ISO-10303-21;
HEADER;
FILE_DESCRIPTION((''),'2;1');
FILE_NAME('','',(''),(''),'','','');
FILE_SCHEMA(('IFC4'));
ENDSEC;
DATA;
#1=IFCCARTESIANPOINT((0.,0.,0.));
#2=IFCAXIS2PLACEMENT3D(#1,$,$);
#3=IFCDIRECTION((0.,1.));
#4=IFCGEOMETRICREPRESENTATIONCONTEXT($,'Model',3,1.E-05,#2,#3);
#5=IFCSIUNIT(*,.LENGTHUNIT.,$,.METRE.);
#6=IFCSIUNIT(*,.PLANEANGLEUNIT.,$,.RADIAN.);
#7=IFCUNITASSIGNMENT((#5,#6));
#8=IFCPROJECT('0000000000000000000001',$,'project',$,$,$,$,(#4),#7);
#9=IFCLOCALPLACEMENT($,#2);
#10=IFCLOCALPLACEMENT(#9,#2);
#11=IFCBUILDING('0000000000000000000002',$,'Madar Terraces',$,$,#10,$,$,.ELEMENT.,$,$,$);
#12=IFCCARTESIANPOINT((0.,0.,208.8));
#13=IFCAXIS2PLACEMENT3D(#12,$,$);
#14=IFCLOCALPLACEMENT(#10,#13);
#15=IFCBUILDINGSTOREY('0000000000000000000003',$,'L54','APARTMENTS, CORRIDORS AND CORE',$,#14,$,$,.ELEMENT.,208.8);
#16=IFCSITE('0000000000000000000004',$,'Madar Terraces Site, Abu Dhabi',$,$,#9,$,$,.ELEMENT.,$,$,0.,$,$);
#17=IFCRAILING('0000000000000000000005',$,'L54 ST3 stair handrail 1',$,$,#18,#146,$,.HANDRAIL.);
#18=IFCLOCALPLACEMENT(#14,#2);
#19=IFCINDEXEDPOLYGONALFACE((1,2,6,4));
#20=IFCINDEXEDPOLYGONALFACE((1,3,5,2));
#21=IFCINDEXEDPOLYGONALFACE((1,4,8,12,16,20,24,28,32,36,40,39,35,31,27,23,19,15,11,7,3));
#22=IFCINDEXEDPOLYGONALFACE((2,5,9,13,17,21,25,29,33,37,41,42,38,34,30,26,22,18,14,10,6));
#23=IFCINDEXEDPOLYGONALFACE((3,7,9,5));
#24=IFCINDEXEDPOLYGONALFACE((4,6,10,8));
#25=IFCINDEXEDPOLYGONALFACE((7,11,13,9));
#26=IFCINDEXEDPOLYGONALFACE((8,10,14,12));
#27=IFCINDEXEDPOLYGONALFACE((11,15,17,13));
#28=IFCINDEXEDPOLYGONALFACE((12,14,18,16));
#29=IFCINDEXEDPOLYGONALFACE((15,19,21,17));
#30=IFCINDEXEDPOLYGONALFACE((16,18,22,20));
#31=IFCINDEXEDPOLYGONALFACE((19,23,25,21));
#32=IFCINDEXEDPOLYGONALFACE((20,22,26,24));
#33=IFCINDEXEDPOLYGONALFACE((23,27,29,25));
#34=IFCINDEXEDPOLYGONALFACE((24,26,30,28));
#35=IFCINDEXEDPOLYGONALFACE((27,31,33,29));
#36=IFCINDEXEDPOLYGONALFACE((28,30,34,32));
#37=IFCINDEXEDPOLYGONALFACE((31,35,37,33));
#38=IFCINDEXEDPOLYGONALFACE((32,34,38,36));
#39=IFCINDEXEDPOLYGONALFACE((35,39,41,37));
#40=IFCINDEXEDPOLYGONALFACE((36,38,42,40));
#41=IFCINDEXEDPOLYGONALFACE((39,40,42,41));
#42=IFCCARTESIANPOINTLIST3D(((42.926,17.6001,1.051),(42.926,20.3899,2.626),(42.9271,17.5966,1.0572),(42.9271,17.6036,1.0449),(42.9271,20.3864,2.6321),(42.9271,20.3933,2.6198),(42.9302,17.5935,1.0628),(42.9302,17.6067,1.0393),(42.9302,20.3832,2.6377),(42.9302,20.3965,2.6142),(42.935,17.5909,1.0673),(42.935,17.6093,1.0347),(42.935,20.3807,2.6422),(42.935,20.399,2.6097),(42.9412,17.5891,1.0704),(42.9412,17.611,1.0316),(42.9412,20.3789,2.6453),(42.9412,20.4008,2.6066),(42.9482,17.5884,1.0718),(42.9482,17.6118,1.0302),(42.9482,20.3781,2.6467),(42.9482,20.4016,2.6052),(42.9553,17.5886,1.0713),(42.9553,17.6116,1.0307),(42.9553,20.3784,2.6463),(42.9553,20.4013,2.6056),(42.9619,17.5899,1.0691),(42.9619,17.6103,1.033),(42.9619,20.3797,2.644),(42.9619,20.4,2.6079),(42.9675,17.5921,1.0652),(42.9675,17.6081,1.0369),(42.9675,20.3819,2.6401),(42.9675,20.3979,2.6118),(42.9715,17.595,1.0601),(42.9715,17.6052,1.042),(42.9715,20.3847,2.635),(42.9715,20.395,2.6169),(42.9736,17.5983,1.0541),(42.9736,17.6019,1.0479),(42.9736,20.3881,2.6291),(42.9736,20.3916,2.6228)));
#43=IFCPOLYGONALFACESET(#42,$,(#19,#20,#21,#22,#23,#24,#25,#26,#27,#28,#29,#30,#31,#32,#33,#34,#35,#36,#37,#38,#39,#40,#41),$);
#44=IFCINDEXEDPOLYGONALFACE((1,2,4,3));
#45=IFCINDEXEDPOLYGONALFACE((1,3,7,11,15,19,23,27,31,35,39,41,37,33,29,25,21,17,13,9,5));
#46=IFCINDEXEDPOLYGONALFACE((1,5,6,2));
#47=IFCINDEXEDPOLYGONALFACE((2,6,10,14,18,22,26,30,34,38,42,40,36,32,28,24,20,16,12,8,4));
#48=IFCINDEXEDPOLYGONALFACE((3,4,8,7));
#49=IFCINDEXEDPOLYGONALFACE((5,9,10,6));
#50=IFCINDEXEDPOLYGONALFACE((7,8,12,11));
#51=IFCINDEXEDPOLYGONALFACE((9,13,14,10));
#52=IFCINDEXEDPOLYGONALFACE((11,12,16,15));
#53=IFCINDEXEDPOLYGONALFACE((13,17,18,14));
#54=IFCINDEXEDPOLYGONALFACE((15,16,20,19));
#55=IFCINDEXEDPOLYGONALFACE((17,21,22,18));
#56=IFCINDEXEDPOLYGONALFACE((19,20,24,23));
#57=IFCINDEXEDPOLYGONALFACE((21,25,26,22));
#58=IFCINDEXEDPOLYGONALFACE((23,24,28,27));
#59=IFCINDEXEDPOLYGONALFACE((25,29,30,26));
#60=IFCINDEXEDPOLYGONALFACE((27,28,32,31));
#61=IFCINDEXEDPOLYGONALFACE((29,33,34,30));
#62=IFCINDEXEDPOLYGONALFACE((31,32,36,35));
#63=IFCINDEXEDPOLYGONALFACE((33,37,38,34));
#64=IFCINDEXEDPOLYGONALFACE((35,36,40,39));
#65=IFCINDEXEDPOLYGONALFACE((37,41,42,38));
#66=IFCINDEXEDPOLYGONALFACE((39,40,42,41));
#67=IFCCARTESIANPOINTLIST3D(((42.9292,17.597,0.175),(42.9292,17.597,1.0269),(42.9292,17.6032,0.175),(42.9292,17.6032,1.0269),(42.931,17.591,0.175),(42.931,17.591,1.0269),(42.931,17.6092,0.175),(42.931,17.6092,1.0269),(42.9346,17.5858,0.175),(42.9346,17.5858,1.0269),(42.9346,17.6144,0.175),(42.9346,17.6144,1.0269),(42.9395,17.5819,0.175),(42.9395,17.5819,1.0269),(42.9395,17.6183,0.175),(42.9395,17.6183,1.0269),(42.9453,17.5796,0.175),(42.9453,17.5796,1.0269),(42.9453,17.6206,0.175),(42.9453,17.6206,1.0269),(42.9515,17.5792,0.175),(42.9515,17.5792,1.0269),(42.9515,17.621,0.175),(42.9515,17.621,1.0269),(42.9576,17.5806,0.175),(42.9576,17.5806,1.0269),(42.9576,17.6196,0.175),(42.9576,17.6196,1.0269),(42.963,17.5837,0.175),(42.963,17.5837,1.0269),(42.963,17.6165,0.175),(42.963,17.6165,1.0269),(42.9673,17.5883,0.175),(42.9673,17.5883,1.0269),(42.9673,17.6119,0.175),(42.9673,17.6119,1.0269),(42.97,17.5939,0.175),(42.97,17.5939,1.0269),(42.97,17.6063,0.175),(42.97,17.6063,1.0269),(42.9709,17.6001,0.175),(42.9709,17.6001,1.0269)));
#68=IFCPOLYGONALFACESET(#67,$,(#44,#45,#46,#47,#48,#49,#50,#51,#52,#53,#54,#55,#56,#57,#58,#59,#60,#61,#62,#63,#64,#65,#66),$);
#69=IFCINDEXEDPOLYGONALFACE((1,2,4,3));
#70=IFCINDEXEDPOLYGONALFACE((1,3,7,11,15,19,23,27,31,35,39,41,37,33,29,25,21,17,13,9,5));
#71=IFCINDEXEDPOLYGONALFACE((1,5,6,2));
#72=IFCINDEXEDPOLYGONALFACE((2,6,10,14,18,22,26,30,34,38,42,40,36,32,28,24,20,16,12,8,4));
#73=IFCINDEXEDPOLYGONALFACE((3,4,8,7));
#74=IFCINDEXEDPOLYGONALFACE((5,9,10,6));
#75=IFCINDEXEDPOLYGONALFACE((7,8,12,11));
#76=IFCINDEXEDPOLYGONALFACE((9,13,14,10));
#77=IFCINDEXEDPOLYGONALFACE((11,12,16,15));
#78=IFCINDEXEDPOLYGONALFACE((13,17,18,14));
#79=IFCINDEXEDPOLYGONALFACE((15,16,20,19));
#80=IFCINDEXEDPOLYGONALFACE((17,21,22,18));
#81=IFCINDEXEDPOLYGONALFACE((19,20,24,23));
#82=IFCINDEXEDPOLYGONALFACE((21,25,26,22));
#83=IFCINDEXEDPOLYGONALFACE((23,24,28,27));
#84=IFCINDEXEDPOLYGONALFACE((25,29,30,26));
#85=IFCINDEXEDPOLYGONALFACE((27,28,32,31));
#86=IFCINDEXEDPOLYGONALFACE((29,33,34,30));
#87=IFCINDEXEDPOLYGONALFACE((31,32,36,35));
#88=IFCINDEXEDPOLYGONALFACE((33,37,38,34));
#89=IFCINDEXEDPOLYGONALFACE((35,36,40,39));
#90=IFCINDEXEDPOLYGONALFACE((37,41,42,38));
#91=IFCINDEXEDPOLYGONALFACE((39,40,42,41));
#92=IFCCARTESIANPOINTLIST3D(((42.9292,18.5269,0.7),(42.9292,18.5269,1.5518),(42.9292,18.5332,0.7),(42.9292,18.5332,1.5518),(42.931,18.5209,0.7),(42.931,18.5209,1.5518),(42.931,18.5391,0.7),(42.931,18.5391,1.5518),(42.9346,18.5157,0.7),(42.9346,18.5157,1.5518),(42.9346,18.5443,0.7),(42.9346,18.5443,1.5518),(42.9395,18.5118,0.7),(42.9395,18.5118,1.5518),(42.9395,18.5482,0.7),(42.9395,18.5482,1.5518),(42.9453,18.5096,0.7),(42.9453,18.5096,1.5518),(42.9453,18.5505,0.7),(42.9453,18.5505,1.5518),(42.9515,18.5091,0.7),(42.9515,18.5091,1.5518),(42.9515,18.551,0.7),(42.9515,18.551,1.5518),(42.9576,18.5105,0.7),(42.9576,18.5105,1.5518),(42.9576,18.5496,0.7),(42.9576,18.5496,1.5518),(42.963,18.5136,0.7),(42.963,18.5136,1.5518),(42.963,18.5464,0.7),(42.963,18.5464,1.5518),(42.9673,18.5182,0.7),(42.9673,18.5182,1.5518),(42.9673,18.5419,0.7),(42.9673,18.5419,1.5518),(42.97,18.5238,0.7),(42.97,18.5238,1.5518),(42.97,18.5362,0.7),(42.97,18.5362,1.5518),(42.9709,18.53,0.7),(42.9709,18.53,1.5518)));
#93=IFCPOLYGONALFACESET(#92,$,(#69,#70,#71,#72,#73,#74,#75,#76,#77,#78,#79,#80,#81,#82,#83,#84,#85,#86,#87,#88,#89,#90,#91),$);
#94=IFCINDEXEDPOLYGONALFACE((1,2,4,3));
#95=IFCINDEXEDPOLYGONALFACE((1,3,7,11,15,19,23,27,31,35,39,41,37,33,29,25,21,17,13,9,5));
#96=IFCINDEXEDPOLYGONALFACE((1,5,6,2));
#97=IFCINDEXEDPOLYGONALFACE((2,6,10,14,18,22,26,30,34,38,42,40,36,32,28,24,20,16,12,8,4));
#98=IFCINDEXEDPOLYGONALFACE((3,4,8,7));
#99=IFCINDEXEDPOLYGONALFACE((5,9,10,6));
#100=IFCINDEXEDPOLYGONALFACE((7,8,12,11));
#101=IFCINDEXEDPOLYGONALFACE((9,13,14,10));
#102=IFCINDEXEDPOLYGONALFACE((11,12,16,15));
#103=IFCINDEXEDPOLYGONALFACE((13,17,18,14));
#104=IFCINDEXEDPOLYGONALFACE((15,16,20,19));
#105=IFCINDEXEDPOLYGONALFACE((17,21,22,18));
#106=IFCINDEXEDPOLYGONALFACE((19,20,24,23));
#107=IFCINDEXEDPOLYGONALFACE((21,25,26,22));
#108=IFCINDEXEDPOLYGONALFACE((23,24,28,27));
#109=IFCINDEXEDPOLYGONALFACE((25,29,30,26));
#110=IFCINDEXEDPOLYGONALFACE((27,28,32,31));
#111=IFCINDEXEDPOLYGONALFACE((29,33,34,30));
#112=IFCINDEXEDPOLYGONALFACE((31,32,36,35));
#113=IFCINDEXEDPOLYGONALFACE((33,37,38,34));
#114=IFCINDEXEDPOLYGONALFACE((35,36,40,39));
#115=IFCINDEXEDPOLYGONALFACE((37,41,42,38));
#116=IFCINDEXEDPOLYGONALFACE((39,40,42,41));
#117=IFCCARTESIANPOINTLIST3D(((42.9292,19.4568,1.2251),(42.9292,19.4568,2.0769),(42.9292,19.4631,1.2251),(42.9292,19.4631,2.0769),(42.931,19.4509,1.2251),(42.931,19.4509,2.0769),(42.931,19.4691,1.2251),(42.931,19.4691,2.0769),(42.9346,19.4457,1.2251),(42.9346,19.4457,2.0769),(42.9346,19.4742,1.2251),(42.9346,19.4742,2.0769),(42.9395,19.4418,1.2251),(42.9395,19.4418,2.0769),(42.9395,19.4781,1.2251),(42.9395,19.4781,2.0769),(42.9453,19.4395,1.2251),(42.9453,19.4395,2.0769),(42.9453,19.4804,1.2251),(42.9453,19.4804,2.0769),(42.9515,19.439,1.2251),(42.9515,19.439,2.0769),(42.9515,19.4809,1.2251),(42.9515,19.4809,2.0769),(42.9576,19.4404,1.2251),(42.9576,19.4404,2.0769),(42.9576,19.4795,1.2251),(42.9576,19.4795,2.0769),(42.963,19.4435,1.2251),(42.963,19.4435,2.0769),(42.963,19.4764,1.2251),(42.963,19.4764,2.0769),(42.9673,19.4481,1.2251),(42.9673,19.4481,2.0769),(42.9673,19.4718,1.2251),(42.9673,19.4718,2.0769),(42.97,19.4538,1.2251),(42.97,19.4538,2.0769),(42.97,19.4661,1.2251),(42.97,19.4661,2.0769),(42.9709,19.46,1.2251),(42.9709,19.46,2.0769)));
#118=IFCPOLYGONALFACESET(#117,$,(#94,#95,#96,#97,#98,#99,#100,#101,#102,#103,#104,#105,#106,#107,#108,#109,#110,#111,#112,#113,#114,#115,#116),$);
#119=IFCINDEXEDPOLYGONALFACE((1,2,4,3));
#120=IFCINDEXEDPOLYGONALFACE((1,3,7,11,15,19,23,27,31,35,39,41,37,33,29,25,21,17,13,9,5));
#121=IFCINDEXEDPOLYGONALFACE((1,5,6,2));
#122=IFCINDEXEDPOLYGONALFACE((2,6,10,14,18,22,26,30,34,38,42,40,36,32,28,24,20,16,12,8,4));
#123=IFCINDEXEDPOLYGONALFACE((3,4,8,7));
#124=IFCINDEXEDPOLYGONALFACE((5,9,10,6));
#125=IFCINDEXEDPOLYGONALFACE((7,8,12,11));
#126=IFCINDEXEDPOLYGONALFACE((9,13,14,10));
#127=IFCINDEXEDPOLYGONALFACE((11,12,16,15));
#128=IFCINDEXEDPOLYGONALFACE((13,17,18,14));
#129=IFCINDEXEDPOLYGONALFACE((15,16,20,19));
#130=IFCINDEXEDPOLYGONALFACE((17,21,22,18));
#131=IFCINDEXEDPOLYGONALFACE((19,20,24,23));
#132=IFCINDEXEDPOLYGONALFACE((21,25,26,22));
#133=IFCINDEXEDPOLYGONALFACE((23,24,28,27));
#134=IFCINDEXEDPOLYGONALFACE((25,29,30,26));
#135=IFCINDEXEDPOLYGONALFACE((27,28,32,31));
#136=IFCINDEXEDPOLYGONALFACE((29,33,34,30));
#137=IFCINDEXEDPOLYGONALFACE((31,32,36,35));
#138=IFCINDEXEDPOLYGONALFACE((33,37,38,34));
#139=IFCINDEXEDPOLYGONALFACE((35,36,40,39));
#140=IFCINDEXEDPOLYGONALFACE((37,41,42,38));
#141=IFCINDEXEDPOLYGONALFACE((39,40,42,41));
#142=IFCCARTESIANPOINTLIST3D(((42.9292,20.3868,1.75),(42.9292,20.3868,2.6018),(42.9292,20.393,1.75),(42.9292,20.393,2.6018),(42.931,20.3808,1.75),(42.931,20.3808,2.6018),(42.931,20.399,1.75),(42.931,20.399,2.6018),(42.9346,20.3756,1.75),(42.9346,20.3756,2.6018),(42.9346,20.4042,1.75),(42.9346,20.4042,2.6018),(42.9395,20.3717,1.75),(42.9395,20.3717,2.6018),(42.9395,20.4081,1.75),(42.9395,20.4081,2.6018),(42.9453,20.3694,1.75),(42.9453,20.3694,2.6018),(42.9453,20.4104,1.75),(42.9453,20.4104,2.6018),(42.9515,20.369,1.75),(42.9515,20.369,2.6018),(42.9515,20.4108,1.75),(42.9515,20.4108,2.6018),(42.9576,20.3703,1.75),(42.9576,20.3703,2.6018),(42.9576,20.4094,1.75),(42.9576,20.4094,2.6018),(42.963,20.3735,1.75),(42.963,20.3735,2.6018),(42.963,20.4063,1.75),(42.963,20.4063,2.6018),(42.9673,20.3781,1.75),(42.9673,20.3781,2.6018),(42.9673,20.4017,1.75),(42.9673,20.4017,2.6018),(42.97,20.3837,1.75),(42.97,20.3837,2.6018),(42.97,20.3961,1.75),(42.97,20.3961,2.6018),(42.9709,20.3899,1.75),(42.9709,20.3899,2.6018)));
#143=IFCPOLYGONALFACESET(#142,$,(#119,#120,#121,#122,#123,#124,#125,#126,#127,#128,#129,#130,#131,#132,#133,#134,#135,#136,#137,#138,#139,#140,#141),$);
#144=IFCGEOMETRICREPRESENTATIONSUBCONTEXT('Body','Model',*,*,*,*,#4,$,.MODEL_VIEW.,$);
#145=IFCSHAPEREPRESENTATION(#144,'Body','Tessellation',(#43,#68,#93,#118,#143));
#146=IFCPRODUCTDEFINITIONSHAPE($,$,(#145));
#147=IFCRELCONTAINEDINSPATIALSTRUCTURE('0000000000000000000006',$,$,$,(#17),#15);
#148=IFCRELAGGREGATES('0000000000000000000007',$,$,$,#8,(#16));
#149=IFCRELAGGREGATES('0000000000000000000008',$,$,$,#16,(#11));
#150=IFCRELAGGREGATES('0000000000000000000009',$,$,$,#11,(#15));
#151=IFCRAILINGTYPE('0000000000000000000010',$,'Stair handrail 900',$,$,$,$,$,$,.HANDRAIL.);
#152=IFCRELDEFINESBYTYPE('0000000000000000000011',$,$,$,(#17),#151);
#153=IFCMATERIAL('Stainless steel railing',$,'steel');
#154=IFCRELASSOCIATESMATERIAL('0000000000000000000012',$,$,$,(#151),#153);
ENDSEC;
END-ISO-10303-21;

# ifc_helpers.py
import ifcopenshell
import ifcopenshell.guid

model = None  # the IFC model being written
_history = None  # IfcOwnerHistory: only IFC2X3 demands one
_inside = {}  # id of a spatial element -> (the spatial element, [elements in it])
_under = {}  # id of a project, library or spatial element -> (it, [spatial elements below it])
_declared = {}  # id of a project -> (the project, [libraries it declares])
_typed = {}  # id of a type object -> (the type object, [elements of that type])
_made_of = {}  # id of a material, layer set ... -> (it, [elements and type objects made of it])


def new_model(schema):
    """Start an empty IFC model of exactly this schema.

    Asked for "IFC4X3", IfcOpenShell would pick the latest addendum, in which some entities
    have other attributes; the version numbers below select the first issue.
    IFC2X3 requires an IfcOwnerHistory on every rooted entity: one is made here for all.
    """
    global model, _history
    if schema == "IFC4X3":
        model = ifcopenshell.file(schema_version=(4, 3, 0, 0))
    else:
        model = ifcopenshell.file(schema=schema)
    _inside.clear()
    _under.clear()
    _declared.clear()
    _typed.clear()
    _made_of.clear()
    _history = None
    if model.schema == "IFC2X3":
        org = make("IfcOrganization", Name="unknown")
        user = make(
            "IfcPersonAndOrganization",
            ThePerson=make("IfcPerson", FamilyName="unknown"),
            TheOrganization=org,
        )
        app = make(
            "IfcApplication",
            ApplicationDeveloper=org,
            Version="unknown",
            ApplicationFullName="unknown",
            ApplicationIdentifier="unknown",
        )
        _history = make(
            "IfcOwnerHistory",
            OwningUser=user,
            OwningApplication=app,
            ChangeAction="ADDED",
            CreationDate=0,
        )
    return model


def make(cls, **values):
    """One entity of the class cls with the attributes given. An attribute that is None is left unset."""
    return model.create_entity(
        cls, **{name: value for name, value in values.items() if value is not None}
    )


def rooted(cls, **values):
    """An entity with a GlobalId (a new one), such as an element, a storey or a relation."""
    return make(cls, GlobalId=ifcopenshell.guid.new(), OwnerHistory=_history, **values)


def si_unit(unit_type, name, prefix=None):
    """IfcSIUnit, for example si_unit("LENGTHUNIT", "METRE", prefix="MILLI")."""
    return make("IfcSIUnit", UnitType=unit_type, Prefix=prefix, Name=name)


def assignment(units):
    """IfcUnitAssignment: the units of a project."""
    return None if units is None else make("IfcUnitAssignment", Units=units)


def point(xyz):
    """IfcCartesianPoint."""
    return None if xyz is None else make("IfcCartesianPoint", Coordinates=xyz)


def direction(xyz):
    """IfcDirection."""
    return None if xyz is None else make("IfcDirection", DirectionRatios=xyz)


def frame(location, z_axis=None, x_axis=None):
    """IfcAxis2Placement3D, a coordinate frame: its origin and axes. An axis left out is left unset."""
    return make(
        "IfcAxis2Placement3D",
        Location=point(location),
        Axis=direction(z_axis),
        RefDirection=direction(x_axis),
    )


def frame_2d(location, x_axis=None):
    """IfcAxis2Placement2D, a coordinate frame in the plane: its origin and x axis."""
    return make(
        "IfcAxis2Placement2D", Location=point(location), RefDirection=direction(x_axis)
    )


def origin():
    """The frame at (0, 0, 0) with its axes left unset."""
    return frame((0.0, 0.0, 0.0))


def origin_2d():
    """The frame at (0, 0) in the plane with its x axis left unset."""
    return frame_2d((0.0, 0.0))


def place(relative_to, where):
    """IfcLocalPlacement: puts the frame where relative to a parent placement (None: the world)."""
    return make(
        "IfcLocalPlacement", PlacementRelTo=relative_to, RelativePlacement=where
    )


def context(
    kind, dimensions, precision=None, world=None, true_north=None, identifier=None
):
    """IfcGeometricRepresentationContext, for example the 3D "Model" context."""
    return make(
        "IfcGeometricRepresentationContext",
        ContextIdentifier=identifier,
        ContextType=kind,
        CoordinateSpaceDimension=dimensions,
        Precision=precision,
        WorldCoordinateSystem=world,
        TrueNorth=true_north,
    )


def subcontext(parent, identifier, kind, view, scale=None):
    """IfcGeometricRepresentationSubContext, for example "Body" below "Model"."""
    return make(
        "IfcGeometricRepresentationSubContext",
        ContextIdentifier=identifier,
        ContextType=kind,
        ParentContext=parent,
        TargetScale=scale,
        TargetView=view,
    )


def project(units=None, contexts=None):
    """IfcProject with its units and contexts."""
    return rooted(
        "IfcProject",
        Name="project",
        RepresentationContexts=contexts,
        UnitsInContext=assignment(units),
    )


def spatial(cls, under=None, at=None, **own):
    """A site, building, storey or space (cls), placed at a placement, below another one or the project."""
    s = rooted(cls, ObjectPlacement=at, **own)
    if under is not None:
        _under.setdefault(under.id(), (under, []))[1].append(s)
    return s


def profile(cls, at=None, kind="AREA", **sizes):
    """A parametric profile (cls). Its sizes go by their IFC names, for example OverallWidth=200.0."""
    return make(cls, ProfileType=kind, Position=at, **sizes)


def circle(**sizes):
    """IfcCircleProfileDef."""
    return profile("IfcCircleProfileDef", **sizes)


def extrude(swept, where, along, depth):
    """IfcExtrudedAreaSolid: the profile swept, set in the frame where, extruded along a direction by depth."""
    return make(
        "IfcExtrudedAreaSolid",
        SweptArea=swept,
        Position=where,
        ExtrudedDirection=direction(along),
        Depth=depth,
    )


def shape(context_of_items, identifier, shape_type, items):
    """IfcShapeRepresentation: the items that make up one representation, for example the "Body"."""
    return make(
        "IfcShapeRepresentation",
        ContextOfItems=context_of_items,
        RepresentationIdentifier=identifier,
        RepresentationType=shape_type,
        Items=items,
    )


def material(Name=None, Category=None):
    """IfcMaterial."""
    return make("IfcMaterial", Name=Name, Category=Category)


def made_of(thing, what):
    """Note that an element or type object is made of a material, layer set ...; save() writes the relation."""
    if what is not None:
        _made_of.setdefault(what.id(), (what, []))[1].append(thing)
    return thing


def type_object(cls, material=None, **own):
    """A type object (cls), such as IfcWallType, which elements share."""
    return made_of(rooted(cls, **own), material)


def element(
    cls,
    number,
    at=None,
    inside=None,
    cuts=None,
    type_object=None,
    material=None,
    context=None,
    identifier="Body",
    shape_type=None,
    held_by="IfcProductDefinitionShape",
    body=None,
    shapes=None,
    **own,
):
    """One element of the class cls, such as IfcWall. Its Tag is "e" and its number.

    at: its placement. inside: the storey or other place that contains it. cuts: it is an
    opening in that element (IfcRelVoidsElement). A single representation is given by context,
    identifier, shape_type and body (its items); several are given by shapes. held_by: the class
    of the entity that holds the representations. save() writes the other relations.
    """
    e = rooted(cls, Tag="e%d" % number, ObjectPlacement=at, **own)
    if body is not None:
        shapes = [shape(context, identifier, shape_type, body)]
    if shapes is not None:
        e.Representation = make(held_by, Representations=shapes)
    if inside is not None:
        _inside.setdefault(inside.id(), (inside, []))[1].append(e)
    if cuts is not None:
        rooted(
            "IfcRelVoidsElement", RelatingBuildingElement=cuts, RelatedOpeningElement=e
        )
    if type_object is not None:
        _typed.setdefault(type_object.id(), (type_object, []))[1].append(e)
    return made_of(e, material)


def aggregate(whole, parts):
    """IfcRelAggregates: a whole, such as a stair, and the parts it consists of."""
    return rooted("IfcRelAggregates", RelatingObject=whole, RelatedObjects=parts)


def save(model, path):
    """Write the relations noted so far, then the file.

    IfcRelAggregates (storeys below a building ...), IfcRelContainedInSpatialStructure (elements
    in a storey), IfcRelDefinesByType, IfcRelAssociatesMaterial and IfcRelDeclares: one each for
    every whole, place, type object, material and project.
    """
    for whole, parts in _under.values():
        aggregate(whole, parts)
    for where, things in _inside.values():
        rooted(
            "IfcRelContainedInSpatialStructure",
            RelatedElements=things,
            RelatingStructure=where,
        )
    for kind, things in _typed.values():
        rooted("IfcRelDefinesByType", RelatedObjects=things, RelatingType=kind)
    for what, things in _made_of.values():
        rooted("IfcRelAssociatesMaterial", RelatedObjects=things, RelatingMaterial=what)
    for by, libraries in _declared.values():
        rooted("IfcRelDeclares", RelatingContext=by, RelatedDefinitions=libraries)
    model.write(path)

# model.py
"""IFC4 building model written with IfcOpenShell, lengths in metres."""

from ifc_helpers import new_model, si_unit, direction, frame, origin, origin_2d, place, context, subcontext, project, spatial, circle, extrude, material, type_object, element, save


model = new_model("IFC4")

# Units and contexts
model_context = context("Model", 3, precision=1e-05, world=origin(), true_north=direction((0.0, 1.0)))
body_context = subcontext(model_context, "Body", "Model", "MODEL_VIEW")
ifc_project = project(units=[si_unit("LENGTHUNIT", "METRE"), si_unit("PLANEANGLEUNIT", "RADIAN")], contexts=[model_context])

# Site, building, storey
site_placement = place(None, origin())
site = spatial("IfcSite", under=ifc_project, at=site_placement, Name="Madar Terraces Site, Abu Dhabi", CompositionType="ELEMENT", RefElevation=0.0)
building_placement = place(site_placement, origin())
building = spatial("IfcBuilding", under=site, at=building_placement, Name="Madar Terraces", CompositionType="ELEMENT")
storey_placement = place(building_placement, frame((0.0, 0.0, 208.8)))
storey = spatial("IfcBuildingStorey", under=building, at=storey_placement, Name="L54", Description="APARTMENTS, CORRIDORS AND CORE", CompositionType="ELEMENT", Elevation=208.8)

# Railing
ifc_material_1 = material(Name="Stainless steel railing", Category="steel")
railing_type_1 = type_object("IfcRailingType", Name="Stair handrail 900", PredefinedType="HANDRAIL", material=ifc_material_1)
railing_1_placement = place(storey_placement, frame((42.95, 17.6001, 0.175)))
element("IfcRailing", 1, at=railing_1_placement, inside=storey, type_object=railing_type_1, Name="L54 ST3 stair handrail 1", PredefinedType="HANDRAIL", context=body_context, shape_type="SweptSolid", body=[
    extrude(circle(Radius=0.0239, at=origin_2d()), frame((0.0, 0.0, 0.876), z_axis=(0.0, 0.870815, 0.49161), x_axis=(-1.0, 0.0, 0.0)), (0.0, 0.0, 1.0), 3.2036),
    extrude(circle(Radius=0.021, at=origin_2d()), origin(), (0.0, 0.0, 1.0), 0.8518),
    extrude(circle(Radius=0.021, at=origin_2d()), frame((0.0, 0.9299, 0.5249)), (0.0, 0.0, 1.0), 0.8518),
    extrude(circle(Radius=0.021, at=origin_2d()), frame((0.0, 1.8599, 1.05)), (0.0, 0.0, 1.0), 0.8518),
    extrude(circle(Radius=0.021, at=origin_2d()), frame((0.0, 2.7898, 1.575)), (0.0, 0.0, 1.0), 0.8518),
])

save(model, "model.ifc")
